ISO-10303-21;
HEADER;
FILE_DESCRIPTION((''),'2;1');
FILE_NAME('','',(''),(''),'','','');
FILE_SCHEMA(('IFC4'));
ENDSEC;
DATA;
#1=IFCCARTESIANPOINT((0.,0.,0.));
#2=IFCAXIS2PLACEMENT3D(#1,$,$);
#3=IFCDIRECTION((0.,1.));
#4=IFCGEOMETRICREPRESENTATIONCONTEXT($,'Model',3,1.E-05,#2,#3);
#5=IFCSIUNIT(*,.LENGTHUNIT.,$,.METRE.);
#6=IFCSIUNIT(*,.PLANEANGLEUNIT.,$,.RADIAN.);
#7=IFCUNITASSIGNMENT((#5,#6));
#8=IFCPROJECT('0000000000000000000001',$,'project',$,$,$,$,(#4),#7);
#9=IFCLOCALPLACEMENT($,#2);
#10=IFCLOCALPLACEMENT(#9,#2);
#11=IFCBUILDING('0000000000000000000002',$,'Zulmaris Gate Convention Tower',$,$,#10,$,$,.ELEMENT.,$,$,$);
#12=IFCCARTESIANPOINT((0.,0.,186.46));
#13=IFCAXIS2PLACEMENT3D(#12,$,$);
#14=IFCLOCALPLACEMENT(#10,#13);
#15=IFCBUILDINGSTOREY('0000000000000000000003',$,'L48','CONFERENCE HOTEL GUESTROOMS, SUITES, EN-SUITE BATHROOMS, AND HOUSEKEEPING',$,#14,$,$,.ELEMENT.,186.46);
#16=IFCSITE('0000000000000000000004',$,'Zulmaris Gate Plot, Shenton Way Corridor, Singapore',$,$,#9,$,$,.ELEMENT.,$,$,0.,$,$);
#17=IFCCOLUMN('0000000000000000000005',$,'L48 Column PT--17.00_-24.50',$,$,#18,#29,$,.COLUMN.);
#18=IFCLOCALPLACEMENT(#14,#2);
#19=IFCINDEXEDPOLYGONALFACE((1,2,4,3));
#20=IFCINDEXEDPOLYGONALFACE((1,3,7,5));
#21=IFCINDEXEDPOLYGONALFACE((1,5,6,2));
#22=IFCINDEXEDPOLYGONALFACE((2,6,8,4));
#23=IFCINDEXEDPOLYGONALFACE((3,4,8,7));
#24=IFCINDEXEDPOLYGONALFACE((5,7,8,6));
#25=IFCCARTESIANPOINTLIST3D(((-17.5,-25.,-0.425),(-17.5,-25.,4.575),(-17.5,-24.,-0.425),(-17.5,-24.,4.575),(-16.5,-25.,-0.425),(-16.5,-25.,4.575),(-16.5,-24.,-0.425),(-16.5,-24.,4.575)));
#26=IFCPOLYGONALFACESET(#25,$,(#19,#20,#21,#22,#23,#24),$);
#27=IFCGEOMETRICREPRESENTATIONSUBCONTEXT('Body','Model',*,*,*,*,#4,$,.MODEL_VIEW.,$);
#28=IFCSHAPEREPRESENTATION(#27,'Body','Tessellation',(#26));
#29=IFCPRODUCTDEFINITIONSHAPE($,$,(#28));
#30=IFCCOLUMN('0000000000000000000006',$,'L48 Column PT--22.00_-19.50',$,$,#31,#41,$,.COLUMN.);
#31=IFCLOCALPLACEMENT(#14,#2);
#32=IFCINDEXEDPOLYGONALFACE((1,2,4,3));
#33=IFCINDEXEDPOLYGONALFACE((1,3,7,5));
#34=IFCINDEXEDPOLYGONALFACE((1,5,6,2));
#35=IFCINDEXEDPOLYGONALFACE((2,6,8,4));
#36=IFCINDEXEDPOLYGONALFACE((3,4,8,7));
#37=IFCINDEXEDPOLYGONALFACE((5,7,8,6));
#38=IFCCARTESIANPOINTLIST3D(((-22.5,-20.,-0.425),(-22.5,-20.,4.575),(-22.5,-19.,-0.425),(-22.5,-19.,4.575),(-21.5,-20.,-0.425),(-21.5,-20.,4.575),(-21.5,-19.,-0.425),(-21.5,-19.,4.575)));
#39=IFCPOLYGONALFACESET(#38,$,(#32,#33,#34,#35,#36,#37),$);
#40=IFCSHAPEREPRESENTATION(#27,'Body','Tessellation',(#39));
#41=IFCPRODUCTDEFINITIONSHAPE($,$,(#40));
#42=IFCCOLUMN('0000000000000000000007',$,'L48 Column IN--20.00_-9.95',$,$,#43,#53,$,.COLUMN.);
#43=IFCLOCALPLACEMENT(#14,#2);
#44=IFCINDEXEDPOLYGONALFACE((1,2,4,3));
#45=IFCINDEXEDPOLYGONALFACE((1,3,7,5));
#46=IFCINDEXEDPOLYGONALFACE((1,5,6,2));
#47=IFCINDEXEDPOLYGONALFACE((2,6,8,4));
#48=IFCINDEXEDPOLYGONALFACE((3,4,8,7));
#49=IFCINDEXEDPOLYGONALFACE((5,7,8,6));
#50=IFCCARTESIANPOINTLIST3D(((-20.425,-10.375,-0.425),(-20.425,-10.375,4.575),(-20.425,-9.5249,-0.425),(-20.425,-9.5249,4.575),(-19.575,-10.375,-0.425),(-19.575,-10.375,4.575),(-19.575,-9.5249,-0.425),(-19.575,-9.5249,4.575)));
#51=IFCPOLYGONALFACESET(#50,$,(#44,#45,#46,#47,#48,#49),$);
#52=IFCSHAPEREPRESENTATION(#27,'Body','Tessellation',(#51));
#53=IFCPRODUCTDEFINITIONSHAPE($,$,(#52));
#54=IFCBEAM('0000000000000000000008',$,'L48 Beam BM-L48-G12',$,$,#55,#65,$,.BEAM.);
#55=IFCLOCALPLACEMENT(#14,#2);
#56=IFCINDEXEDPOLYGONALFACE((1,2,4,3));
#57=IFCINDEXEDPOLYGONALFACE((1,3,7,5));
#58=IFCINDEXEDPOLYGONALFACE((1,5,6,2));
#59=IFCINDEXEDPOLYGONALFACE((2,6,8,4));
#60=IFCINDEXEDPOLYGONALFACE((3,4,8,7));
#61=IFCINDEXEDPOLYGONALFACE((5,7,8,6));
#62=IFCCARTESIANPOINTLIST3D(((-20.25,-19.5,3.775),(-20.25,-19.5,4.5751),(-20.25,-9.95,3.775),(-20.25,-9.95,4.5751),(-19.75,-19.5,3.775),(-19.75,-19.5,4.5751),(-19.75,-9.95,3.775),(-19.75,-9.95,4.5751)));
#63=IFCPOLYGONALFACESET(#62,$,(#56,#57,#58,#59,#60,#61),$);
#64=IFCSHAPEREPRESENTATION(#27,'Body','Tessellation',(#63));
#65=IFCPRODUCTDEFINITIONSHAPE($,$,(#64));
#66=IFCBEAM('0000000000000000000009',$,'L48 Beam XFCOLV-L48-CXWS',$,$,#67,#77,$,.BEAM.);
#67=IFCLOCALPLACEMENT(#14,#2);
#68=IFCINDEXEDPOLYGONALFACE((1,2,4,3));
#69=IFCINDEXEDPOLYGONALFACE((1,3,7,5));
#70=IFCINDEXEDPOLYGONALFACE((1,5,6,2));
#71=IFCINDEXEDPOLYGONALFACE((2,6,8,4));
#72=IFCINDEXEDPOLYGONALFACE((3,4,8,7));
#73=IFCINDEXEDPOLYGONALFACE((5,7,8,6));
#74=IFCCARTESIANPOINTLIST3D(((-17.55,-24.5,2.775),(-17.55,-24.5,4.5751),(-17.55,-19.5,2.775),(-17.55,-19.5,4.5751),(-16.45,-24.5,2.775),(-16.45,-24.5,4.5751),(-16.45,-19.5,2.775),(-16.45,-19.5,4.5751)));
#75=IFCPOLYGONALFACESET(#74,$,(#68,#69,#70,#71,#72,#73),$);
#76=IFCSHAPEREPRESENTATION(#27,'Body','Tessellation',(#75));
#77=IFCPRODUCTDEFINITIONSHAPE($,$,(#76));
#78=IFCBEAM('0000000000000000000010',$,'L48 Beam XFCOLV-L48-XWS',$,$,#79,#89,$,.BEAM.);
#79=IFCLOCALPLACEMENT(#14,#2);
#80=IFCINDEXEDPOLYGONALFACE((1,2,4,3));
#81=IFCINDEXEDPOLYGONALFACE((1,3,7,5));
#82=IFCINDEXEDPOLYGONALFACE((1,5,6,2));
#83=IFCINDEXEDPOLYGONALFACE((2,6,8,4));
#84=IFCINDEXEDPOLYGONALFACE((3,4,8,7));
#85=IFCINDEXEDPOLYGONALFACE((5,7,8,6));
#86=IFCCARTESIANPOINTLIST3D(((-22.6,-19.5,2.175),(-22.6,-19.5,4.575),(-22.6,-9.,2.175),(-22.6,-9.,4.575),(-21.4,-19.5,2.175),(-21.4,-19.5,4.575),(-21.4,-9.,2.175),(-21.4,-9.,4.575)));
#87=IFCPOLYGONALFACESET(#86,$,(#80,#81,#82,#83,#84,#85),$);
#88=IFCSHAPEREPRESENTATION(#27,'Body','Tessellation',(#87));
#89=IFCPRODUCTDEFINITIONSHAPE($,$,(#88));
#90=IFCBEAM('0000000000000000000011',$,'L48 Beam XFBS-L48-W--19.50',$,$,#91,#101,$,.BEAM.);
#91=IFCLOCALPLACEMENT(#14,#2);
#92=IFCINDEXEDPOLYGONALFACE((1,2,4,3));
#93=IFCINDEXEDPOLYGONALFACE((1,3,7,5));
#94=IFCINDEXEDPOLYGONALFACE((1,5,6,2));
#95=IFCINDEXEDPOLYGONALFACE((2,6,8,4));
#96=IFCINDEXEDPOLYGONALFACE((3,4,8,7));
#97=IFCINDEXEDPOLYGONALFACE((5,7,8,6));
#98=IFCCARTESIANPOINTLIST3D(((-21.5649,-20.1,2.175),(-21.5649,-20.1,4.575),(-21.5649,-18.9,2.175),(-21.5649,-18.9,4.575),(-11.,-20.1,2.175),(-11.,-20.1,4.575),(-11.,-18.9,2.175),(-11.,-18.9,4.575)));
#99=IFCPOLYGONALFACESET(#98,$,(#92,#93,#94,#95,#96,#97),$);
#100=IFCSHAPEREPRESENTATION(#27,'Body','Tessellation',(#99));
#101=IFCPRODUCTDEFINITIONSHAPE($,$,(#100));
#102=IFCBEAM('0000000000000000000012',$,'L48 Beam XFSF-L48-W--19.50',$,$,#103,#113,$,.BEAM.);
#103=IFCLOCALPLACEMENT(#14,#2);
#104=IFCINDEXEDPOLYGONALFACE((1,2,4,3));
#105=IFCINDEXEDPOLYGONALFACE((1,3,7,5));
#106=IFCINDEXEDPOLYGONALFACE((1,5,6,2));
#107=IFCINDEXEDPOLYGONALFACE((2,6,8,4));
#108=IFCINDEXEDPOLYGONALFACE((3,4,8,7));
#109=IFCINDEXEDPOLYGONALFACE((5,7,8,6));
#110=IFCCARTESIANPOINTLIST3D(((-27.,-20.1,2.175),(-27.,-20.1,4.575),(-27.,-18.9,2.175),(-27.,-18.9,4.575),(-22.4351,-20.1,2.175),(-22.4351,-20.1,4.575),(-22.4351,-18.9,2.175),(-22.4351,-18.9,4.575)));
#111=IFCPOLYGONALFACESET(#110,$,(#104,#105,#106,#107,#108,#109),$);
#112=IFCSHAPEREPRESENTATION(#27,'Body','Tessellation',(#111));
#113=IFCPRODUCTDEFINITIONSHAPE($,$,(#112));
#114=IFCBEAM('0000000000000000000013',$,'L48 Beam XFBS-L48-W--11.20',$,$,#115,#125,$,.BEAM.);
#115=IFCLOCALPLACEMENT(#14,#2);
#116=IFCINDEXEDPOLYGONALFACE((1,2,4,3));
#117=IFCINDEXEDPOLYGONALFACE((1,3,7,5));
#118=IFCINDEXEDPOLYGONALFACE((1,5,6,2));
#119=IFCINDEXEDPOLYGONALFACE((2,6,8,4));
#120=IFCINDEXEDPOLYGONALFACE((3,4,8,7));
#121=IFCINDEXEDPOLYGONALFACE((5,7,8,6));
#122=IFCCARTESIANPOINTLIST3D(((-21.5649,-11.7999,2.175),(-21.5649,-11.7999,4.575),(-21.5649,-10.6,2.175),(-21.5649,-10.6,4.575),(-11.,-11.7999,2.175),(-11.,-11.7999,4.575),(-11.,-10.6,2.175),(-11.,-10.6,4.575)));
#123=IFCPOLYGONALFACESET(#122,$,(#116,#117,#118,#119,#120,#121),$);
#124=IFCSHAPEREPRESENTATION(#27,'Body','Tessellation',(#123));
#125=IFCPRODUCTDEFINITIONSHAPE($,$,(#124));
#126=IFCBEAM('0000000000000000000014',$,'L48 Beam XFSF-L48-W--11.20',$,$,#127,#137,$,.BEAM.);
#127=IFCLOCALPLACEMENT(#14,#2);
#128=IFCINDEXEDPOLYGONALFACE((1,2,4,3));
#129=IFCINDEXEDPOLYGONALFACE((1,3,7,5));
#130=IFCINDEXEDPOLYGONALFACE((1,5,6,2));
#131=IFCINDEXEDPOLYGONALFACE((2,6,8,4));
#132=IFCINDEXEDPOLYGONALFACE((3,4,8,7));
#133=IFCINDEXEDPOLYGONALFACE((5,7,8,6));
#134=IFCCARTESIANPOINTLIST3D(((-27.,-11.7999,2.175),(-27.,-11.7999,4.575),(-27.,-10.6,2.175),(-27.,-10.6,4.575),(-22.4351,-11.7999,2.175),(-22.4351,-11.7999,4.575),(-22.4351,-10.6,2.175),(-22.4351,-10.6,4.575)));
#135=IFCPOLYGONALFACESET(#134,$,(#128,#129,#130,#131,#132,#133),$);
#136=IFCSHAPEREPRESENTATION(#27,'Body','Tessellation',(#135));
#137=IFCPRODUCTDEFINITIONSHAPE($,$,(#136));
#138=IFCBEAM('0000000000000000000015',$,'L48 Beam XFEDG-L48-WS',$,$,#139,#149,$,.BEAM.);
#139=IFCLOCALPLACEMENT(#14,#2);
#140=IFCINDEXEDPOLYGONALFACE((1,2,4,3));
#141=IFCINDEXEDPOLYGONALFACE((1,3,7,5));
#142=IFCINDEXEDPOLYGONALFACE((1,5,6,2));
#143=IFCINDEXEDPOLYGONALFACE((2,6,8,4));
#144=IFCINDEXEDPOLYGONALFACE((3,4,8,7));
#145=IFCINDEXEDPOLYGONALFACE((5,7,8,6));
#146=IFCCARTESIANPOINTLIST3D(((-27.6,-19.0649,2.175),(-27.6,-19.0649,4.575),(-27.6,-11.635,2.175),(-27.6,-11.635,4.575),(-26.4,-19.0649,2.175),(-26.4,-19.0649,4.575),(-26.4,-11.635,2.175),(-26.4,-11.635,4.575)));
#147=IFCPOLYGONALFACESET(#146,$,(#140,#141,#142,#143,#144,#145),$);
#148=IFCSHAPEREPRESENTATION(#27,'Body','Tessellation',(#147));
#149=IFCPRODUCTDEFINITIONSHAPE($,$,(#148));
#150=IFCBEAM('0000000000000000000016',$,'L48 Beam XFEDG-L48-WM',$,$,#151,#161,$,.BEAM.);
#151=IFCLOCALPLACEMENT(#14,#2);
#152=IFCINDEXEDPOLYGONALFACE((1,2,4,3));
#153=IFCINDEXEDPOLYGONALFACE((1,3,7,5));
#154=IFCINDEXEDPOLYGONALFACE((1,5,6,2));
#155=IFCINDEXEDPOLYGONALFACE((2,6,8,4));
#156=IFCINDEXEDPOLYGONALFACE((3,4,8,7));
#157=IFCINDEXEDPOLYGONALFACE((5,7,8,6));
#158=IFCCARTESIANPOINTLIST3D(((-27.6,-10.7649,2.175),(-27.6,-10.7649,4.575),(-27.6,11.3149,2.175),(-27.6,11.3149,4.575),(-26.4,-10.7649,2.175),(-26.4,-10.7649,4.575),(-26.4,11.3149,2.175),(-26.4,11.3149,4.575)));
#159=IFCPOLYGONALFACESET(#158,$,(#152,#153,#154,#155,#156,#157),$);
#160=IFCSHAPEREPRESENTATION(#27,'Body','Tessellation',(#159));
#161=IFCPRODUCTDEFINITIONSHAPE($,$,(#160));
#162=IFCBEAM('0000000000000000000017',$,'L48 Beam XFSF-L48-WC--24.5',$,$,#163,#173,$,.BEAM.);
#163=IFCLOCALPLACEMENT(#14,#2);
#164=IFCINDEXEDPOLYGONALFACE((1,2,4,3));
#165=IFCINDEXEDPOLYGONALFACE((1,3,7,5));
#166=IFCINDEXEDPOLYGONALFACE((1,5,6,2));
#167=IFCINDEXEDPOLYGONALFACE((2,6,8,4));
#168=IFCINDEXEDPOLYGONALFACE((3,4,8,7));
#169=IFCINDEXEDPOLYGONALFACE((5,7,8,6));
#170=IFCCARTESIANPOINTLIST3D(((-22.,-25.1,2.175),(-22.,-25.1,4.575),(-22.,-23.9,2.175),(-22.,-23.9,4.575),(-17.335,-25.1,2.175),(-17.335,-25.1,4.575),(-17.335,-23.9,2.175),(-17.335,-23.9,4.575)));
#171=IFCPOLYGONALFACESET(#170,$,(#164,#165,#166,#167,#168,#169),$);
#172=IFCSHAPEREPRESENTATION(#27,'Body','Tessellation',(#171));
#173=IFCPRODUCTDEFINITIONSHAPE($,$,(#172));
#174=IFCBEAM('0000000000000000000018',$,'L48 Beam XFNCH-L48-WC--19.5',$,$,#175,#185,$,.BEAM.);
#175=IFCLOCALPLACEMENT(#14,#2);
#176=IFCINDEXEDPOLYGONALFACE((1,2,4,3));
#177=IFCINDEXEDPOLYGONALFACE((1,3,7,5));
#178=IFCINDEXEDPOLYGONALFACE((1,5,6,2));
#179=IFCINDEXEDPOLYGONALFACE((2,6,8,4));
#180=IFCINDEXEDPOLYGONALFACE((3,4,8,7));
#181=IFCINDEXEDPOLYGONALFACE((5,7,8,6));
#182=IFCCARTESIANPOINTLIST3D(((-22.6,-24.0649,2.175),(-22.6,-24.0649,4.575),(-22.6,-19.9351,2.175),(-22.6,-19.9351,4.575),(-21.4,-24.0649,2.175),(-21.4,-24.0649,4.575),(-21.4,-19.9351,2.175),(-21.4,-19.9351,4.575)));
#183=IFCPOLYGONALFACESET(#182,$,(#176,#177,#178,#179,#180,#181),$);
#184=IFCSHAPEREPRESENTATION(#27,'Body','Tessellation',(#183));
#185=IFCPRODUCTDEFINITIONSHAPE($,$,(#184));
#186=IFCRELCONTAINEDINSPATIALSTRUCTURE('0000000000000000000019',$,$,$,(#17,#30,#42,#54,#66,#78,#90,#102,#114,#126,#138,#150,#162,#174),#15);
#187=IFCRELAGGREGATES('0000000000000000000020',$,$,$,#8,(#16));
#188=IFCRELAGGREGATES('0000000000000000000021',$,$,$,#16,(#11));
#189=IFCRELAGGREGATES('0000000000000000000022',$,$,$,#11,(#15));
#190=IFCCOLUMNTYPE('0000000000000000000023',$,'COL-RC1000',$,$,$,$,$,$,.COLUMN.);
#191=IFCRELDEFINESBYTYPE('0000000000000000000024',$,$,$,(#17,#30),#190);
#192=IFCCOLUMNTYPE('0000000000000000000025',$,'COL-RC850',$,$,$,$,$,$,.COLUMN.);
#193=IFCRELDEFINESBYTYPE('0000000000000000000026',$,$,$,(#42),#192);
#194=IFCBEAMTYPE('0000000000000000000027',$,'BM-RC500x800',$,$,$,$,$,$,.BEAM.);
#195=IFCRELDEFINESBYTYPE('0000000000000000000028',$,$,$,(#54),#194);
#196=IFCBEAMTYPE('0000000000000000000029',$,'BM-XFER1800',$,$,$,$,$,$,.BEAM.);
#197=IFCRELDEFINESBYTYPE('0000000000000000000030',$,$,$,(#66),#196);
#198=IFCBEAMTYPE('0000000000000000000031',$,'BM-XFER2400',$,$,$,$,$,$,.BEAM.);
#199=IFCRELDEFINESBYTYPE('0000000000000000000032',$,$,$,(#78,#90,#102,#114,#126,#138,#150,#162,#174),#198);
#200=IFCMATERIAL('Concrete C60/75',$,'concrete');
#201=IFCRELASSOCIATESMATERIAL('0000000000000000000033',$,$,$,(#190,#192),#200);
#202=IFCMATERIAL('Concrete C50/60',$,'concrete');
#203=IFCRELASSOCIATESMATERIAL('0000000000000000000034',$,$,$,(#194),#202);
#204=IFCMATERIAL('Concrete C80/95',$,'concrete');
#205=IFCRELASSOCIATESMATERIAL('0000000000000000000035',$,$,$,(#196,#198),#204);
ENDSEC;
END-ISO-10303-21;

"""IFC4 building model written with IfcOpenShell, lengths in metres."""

from ifc_helpers import new_model, si_unit, direction, frame, origin, origin_2d, place, context, subcontext, project, spatial, rectangle, extrude, material, material_profile, profile_set, type_object, element, save


model = new_model("IFC4")

# Units and contexts
model_context = context("Model", 3, precision=1e-05, world=origin(), true_north=direction((0.0, 1.0)))
body_context = subcontext(model_context, "Body", "Model", "MODEL_VIEW")
ifc_project = project(units=[si_unit("LENGTHUNIT", "METRE"), si_unit("PLANEANGLEUNIT", "RADIAN")], contexts=[model_context])

# Site, building, storey
site_placement = place(None, origin())
site = spatial("IfcSite", under=ifc_project, at=site_placement, Name="Zulmaris Gate Plot, Shenton Way Corridor, Singapore", CompositionType="ELEMENT", RefElevation=0.0)
building_placement = place(site_placement, origin())
building = spatial("IfcBuilding", under=site, at=building_placement, Name="Zulmaris Gate Convention Tower", CompositionType="ELEMENT")
storey_placement = place(building_placement, frame((0.0, 0.0, 186.46)))
storey = spatial("IfcBuildingStorey", under=building, at=storey_placement, Name="L48", Description="CONFERENCE HOTEL GUESTROOMS, SUITES, EN-SUITE BATHROOMS, AND HOUSEKEEPING", CompositionType="ELEMENT", Elevation=186.46)

# Columns
ifc_material_1 = material(Name="Concrete C60/75", Category="concrete")
ifc_material_profile_1 = material_profile(ifc_material_1, rectangle(XDim=1.0, YDim=1.0, at=origin_2d()), Name="RC COL 1000x1000")
ifc_profile_set_1 = profile_set([ifc_material_profile_1], Name="Concrete C60/75")
column_type_1 = type_object("IfcColumnType", Name="COL-RC1000", PredefinedType="COLUMN", material=ifc_profile_set_1)
for number, where, z_axis, x_axis, name in (
    (1, (-17.0, -24.5, -0.425), (0.0, 0.0, 1.0), (1.0, 0.0, 0.0), "L48 Column PT--17.00_-24.50"),
    (2, (-22.0, -19.5, -0.425), (0.0, 0.0, 1.0), (1.0, 0.0, 0.0), "L48 Column PT--22.00_-19.50"),
):
    element("IfcColumn", number, at=place(storey_placement, frame(where, z_axis=z_axis, x_axis=x_axis)), inside=storey, type_object=column_type_1, Name=name, PredefinedType="COLUMN", context=body_context, shape_type="SweptSolid", body=[
        extrude(rectangle(XDim=1.0, YDim=1.0, at=origin_2d()), origin(), (0.0, 0.0, 1.0), 5.0),
    ])
ifc_material_profile_2 = material_profile(ifc_material_1, rectangle(XDim=0.8501, YDim=0.8501, at=origin_2d()), Name="RC COL 850x850")
ifc_profile_set_2 = profile_set([ifc_material_profile_2], Name="Concrete C60/75")
column_type_2 = type_object("IfcColumnType", Name="COL-RC850", PredefinedType="COLUMN", material=ifc_profile_set_2)
column_placement = place(storey_placement, frame((-20.0, -9.95, -0.425), z_axis=(0.0, 0.0, 1.0), x_axis=(1.0, 0.0, 0.0)))
element("IfcColumn", 3, at=column_placement, inside=storey, type_object=column_type_2, Name="L48 Column IN--20.00_-9.95", PredefinedType="COLUMN", context=body_context, shape_type="SweptSolid", body=[
    extrude(rectangle(XDim=0.8501, YDim=0.8501, at=origin_2d()), origin(), (0.0, 0.0, 1.0), 5.0),
])

# Beams
ifc_material_2 = material(Name="Concrete C50/60", Category="concrete")
ifc_material_profile_3 = material_profile(ifc_material_2, rectangle(XDim=0.5, YDim=0.8, at=origin_2d()), Name="RC BEAM 500x800")
ifc_profile_set_3 = profile_set([ifc_material_profile_3], Name="Concrete C50/60")
beam_type_1 = type_object("IfcBeamType", Name="BM-RC500x800", PredefinedType="BEAM", material=ifc_profile_set_3)
beam_1_placement = place(storey_placement, frame((-20.0, -19.5, 4.175), z_axis=(0.0, 1.0, 0.0), x_axis=(-1.0, 0.0, 0.0)))
element("IfcBeam", 4, at=beam_1_placement, inside=storey, type_object=beam_type_1, Name="L48 Beam BM-L48-G12", PredefinedType="BEAM", context=body_context, shape_type="SweptSolid", body=[
    extrude(rectangle(XDim=0.5, YDim=0.8, at=origin_2d()), origin(), (0.0, 0.0, 1.0), 9.55),
])
ifc_material_3 = material(Name="Concrete C80/95", Category="concrete")
ifc_material_profile_4 = material_profile(ifc_material_3, rectangle(XDim=1.1001, YDim=1.8, at=origin_2d()), Name="RC TRANSFER 1100x1800")
ifc_profile_set_4 = profile_set([ifc_material_profile_4], Name="Concrete C80/95")
beam_type_2 = type_object("IfcBeamType", Name="BM-XFER1800", PredefinedType="BEAM", material=ifc_profile_set_4)
beam_2_placement = place(storey_placement, frame((-17.0, -24.5, 3.675), z_axis=(0.0, 1.0, 0.0), x_axis=(-1.0, 0.0, 0.0)))
element("IfcBeam", 5, at=beam_2_placement, inside=storey, type_object=beam_type_2, Name="L48 Beam XFCOLV-L48-CXWS", PredefinedType="BEAM", context=body_context, shape_type="SweptSolid", body=[
    extrude(rectangle(XDim=1.1001, YDim=1.8, at=origin_2d()), origin(), (0.0, 0.0, 1.0), 5.0),
])
ifc_material_profile_5 = material_profile(ifc_material_3, rectangle(XDim=1.2, YDim=2.3999, at=origin_2d()), Name="RC TRANSFER 1200x2400")
ifc_profile_set_5 = profile_set([ifc_material_profile_5], Name="Concrete C80/95")
beam_type_3 = type_object("IfcBeamType", Name="BM-XFER2400", PredefinedType="BEAM", material=ifc_profile_set_5)
beam_3_placement = place(storey_placement, frame((-22.0, -19.5, 3.375), z_axis=(0.0, 1.0, 0.0), x_axis=(-1.0, 0.0, 0.0)))
element("IfcBeam", 6, at=beam_3_placement, inside=storey, type_object=beam_type_3, Name="L48 Beam XFCOLV-L48-XWS", PredefinedType="BEAM", context=body_context, shape_type="SweptSolid", body=[
    extrude(rectangle(XDim=1.2, YDim=2.3999, at=origin_2d()), origin(), (0.0, 0.0, 1.0), 10.5),
])
beam_4_placement = place(storey_placement, frame((-21.5649, -19.5, 3.375), z_axis=(1.0, 0.0, 0.0), x_axis=(0.0, 1.0, 0.0)))
element("IfcBeam", 7, at=beam_4_placement, inside=storey, type_object=beam_type_3, Name="L48 Beam XFBS-L48-W--19.50", PredefinedType="BEAM", context=body_context, shape_type="SweptSolid", body=[
    extrude(rectangle(XDim=1.2, YDim=2.3999, at=origin_2d()), origin(), (0.0, 0.0, 1.0), 10.5649),
])
beam_5_placement = place(storey_placement, frame((-27.0, -19.5, 3.375), z_axis=(1.0, 0.0, 0.0), x_axis=(0.0, 1.0, 0.0)))
element("IfcBeam", 8, at=beam_5_placement, inside=storey, type_object=beam_type_3, Name="L48 Beam XFSF-L48-W--19.50", PredefinedType="BEAM", context=body_context, shape_type="SweptSolid", body=[
    extrude(rectangle(XDim=1.2, YDim=2.3999, at=origin_2d()), origin(), (0.0, 0.0, 1.0), 4.5649),
])
beam_6_placement = place(storey_placement, frame((-21.5649, -11.2, 3.375), z_axis=(1.0, 0.0, 0.0), x_axis=(0.0, 1.0, 0.0)))
element("IfcBeam", 9, at=beam_6_placement, inside=storey, type_object=beam_type_3, Name="L48 Beam XFBS-L48-W--11.20", PredefinedType="BEAM", context=body_context, shape_type="SweptSolid", body=[
    extrude(rectangle(XDim=1.2, YDim=2.3999, at=origin_2d()), origin(), (0.0, 0.0, 1.0), 10.5649),
])
beam_7_placement = place(storey_placement, frame((-27.0, -11.2, 3.375), z_axis=(1.0, 0.0, 0.0), x_axis=(0.0, 1.0, 0.0)))
element("IfcBeam", 10, at=beam_7_placement, inside=storey, type_object=beam_type_3, Name="L48 Beam XFSF-L48-W--11.20", PredefinedType="BEAM", context=body_context, shape_type="SweptSolid", body=[
    extrude(rectangle(XDim=1.2, YDim=2.3999, at=origin_2d()), origin(), (0.0, 0.0, 1.0), 4.5649),
])
beam_8_placement = place(storey_placement, frame((-27.0, -19.0649, 3.375), z_axis=(0.0, 1.0, 0.0), x_axis=(-1.0, 0.0, 0.0)))
element("IfcBeam", 11, at=beam_8_placement, inside=storey, type_object=beam_type_3, Name="L48 Beam XFEDG-L48-WS", PredefinedType="BEAM", context=body_context, shape_type="SweptSolid", body=[
    extrude(rectangle(XDim=1.2, YDim=2.3999, at=origin_2d()), origin(), (0.0, 0.0, 1.0), 7.4299),
])
beam_9_placement = place(storey_placement, frame((-27.0, -10.7649, 3.375), z_axis=(0.0, 1.0, 0.0), x_axis=(-1.0, 0.0, 0.0)))
element("IfcBeam", 12, at=beam_9_placement, inside=storey, type_object=beam_type_3, Name="L48 Beam XFEDG-L48-WM", PredefinedType="BEAM", context=body_context, shape_type="SweptSolid", body=[
    extrude(rectangle(XDim=1.2, YDim=2.3999, at=origin_2d()), origin(), (0.0, 0.0, 1.0), 22.0798),
])
beam_10_placement = place(storey_placement, frame((-22.0, -24.5, 3.375), z_axis=(1.0, 0.0, 0.0), x_axis=(0.0, 1.0, 0.0)))
element("IfcBeam", 13, at=beam_10_placement, inside=storey, type_object=beam_type_3, Name="L48 Beam XFSF-L48-WC--24.5", PredefinedType="BEAM", context=body_context, shape_type="SweptSolid", body=[
    extrude(rectangle(XDim=1.2, YDim=2.3999, at=origin_2d()), origin(), (0.0, 0.0, 1.0), 4.665),
])
beam_11_placement = place(storey_placement, frame((-22.0, -24.0649, 3.375), z_axis=(0.0, 1.0, 0.0), x_axis=(-1.0, 0.0, 0.0)))
element("IfcBeam", 14, at=beam_11_placement, inside=storey, type_object=beam_type_3, Name="L48 Beam XFNCH-L48-WC--19.5", PredefinedType="BEAM", context=body_context, shape_type="SweptSolid", body=[
    extrude(rectangle(XDim=1.2, YDim=2.3999, at=origin_2d()), origin(), (0.0, 0.0, 1.0), 4.1299),
])

save(model, "model.ifc")
